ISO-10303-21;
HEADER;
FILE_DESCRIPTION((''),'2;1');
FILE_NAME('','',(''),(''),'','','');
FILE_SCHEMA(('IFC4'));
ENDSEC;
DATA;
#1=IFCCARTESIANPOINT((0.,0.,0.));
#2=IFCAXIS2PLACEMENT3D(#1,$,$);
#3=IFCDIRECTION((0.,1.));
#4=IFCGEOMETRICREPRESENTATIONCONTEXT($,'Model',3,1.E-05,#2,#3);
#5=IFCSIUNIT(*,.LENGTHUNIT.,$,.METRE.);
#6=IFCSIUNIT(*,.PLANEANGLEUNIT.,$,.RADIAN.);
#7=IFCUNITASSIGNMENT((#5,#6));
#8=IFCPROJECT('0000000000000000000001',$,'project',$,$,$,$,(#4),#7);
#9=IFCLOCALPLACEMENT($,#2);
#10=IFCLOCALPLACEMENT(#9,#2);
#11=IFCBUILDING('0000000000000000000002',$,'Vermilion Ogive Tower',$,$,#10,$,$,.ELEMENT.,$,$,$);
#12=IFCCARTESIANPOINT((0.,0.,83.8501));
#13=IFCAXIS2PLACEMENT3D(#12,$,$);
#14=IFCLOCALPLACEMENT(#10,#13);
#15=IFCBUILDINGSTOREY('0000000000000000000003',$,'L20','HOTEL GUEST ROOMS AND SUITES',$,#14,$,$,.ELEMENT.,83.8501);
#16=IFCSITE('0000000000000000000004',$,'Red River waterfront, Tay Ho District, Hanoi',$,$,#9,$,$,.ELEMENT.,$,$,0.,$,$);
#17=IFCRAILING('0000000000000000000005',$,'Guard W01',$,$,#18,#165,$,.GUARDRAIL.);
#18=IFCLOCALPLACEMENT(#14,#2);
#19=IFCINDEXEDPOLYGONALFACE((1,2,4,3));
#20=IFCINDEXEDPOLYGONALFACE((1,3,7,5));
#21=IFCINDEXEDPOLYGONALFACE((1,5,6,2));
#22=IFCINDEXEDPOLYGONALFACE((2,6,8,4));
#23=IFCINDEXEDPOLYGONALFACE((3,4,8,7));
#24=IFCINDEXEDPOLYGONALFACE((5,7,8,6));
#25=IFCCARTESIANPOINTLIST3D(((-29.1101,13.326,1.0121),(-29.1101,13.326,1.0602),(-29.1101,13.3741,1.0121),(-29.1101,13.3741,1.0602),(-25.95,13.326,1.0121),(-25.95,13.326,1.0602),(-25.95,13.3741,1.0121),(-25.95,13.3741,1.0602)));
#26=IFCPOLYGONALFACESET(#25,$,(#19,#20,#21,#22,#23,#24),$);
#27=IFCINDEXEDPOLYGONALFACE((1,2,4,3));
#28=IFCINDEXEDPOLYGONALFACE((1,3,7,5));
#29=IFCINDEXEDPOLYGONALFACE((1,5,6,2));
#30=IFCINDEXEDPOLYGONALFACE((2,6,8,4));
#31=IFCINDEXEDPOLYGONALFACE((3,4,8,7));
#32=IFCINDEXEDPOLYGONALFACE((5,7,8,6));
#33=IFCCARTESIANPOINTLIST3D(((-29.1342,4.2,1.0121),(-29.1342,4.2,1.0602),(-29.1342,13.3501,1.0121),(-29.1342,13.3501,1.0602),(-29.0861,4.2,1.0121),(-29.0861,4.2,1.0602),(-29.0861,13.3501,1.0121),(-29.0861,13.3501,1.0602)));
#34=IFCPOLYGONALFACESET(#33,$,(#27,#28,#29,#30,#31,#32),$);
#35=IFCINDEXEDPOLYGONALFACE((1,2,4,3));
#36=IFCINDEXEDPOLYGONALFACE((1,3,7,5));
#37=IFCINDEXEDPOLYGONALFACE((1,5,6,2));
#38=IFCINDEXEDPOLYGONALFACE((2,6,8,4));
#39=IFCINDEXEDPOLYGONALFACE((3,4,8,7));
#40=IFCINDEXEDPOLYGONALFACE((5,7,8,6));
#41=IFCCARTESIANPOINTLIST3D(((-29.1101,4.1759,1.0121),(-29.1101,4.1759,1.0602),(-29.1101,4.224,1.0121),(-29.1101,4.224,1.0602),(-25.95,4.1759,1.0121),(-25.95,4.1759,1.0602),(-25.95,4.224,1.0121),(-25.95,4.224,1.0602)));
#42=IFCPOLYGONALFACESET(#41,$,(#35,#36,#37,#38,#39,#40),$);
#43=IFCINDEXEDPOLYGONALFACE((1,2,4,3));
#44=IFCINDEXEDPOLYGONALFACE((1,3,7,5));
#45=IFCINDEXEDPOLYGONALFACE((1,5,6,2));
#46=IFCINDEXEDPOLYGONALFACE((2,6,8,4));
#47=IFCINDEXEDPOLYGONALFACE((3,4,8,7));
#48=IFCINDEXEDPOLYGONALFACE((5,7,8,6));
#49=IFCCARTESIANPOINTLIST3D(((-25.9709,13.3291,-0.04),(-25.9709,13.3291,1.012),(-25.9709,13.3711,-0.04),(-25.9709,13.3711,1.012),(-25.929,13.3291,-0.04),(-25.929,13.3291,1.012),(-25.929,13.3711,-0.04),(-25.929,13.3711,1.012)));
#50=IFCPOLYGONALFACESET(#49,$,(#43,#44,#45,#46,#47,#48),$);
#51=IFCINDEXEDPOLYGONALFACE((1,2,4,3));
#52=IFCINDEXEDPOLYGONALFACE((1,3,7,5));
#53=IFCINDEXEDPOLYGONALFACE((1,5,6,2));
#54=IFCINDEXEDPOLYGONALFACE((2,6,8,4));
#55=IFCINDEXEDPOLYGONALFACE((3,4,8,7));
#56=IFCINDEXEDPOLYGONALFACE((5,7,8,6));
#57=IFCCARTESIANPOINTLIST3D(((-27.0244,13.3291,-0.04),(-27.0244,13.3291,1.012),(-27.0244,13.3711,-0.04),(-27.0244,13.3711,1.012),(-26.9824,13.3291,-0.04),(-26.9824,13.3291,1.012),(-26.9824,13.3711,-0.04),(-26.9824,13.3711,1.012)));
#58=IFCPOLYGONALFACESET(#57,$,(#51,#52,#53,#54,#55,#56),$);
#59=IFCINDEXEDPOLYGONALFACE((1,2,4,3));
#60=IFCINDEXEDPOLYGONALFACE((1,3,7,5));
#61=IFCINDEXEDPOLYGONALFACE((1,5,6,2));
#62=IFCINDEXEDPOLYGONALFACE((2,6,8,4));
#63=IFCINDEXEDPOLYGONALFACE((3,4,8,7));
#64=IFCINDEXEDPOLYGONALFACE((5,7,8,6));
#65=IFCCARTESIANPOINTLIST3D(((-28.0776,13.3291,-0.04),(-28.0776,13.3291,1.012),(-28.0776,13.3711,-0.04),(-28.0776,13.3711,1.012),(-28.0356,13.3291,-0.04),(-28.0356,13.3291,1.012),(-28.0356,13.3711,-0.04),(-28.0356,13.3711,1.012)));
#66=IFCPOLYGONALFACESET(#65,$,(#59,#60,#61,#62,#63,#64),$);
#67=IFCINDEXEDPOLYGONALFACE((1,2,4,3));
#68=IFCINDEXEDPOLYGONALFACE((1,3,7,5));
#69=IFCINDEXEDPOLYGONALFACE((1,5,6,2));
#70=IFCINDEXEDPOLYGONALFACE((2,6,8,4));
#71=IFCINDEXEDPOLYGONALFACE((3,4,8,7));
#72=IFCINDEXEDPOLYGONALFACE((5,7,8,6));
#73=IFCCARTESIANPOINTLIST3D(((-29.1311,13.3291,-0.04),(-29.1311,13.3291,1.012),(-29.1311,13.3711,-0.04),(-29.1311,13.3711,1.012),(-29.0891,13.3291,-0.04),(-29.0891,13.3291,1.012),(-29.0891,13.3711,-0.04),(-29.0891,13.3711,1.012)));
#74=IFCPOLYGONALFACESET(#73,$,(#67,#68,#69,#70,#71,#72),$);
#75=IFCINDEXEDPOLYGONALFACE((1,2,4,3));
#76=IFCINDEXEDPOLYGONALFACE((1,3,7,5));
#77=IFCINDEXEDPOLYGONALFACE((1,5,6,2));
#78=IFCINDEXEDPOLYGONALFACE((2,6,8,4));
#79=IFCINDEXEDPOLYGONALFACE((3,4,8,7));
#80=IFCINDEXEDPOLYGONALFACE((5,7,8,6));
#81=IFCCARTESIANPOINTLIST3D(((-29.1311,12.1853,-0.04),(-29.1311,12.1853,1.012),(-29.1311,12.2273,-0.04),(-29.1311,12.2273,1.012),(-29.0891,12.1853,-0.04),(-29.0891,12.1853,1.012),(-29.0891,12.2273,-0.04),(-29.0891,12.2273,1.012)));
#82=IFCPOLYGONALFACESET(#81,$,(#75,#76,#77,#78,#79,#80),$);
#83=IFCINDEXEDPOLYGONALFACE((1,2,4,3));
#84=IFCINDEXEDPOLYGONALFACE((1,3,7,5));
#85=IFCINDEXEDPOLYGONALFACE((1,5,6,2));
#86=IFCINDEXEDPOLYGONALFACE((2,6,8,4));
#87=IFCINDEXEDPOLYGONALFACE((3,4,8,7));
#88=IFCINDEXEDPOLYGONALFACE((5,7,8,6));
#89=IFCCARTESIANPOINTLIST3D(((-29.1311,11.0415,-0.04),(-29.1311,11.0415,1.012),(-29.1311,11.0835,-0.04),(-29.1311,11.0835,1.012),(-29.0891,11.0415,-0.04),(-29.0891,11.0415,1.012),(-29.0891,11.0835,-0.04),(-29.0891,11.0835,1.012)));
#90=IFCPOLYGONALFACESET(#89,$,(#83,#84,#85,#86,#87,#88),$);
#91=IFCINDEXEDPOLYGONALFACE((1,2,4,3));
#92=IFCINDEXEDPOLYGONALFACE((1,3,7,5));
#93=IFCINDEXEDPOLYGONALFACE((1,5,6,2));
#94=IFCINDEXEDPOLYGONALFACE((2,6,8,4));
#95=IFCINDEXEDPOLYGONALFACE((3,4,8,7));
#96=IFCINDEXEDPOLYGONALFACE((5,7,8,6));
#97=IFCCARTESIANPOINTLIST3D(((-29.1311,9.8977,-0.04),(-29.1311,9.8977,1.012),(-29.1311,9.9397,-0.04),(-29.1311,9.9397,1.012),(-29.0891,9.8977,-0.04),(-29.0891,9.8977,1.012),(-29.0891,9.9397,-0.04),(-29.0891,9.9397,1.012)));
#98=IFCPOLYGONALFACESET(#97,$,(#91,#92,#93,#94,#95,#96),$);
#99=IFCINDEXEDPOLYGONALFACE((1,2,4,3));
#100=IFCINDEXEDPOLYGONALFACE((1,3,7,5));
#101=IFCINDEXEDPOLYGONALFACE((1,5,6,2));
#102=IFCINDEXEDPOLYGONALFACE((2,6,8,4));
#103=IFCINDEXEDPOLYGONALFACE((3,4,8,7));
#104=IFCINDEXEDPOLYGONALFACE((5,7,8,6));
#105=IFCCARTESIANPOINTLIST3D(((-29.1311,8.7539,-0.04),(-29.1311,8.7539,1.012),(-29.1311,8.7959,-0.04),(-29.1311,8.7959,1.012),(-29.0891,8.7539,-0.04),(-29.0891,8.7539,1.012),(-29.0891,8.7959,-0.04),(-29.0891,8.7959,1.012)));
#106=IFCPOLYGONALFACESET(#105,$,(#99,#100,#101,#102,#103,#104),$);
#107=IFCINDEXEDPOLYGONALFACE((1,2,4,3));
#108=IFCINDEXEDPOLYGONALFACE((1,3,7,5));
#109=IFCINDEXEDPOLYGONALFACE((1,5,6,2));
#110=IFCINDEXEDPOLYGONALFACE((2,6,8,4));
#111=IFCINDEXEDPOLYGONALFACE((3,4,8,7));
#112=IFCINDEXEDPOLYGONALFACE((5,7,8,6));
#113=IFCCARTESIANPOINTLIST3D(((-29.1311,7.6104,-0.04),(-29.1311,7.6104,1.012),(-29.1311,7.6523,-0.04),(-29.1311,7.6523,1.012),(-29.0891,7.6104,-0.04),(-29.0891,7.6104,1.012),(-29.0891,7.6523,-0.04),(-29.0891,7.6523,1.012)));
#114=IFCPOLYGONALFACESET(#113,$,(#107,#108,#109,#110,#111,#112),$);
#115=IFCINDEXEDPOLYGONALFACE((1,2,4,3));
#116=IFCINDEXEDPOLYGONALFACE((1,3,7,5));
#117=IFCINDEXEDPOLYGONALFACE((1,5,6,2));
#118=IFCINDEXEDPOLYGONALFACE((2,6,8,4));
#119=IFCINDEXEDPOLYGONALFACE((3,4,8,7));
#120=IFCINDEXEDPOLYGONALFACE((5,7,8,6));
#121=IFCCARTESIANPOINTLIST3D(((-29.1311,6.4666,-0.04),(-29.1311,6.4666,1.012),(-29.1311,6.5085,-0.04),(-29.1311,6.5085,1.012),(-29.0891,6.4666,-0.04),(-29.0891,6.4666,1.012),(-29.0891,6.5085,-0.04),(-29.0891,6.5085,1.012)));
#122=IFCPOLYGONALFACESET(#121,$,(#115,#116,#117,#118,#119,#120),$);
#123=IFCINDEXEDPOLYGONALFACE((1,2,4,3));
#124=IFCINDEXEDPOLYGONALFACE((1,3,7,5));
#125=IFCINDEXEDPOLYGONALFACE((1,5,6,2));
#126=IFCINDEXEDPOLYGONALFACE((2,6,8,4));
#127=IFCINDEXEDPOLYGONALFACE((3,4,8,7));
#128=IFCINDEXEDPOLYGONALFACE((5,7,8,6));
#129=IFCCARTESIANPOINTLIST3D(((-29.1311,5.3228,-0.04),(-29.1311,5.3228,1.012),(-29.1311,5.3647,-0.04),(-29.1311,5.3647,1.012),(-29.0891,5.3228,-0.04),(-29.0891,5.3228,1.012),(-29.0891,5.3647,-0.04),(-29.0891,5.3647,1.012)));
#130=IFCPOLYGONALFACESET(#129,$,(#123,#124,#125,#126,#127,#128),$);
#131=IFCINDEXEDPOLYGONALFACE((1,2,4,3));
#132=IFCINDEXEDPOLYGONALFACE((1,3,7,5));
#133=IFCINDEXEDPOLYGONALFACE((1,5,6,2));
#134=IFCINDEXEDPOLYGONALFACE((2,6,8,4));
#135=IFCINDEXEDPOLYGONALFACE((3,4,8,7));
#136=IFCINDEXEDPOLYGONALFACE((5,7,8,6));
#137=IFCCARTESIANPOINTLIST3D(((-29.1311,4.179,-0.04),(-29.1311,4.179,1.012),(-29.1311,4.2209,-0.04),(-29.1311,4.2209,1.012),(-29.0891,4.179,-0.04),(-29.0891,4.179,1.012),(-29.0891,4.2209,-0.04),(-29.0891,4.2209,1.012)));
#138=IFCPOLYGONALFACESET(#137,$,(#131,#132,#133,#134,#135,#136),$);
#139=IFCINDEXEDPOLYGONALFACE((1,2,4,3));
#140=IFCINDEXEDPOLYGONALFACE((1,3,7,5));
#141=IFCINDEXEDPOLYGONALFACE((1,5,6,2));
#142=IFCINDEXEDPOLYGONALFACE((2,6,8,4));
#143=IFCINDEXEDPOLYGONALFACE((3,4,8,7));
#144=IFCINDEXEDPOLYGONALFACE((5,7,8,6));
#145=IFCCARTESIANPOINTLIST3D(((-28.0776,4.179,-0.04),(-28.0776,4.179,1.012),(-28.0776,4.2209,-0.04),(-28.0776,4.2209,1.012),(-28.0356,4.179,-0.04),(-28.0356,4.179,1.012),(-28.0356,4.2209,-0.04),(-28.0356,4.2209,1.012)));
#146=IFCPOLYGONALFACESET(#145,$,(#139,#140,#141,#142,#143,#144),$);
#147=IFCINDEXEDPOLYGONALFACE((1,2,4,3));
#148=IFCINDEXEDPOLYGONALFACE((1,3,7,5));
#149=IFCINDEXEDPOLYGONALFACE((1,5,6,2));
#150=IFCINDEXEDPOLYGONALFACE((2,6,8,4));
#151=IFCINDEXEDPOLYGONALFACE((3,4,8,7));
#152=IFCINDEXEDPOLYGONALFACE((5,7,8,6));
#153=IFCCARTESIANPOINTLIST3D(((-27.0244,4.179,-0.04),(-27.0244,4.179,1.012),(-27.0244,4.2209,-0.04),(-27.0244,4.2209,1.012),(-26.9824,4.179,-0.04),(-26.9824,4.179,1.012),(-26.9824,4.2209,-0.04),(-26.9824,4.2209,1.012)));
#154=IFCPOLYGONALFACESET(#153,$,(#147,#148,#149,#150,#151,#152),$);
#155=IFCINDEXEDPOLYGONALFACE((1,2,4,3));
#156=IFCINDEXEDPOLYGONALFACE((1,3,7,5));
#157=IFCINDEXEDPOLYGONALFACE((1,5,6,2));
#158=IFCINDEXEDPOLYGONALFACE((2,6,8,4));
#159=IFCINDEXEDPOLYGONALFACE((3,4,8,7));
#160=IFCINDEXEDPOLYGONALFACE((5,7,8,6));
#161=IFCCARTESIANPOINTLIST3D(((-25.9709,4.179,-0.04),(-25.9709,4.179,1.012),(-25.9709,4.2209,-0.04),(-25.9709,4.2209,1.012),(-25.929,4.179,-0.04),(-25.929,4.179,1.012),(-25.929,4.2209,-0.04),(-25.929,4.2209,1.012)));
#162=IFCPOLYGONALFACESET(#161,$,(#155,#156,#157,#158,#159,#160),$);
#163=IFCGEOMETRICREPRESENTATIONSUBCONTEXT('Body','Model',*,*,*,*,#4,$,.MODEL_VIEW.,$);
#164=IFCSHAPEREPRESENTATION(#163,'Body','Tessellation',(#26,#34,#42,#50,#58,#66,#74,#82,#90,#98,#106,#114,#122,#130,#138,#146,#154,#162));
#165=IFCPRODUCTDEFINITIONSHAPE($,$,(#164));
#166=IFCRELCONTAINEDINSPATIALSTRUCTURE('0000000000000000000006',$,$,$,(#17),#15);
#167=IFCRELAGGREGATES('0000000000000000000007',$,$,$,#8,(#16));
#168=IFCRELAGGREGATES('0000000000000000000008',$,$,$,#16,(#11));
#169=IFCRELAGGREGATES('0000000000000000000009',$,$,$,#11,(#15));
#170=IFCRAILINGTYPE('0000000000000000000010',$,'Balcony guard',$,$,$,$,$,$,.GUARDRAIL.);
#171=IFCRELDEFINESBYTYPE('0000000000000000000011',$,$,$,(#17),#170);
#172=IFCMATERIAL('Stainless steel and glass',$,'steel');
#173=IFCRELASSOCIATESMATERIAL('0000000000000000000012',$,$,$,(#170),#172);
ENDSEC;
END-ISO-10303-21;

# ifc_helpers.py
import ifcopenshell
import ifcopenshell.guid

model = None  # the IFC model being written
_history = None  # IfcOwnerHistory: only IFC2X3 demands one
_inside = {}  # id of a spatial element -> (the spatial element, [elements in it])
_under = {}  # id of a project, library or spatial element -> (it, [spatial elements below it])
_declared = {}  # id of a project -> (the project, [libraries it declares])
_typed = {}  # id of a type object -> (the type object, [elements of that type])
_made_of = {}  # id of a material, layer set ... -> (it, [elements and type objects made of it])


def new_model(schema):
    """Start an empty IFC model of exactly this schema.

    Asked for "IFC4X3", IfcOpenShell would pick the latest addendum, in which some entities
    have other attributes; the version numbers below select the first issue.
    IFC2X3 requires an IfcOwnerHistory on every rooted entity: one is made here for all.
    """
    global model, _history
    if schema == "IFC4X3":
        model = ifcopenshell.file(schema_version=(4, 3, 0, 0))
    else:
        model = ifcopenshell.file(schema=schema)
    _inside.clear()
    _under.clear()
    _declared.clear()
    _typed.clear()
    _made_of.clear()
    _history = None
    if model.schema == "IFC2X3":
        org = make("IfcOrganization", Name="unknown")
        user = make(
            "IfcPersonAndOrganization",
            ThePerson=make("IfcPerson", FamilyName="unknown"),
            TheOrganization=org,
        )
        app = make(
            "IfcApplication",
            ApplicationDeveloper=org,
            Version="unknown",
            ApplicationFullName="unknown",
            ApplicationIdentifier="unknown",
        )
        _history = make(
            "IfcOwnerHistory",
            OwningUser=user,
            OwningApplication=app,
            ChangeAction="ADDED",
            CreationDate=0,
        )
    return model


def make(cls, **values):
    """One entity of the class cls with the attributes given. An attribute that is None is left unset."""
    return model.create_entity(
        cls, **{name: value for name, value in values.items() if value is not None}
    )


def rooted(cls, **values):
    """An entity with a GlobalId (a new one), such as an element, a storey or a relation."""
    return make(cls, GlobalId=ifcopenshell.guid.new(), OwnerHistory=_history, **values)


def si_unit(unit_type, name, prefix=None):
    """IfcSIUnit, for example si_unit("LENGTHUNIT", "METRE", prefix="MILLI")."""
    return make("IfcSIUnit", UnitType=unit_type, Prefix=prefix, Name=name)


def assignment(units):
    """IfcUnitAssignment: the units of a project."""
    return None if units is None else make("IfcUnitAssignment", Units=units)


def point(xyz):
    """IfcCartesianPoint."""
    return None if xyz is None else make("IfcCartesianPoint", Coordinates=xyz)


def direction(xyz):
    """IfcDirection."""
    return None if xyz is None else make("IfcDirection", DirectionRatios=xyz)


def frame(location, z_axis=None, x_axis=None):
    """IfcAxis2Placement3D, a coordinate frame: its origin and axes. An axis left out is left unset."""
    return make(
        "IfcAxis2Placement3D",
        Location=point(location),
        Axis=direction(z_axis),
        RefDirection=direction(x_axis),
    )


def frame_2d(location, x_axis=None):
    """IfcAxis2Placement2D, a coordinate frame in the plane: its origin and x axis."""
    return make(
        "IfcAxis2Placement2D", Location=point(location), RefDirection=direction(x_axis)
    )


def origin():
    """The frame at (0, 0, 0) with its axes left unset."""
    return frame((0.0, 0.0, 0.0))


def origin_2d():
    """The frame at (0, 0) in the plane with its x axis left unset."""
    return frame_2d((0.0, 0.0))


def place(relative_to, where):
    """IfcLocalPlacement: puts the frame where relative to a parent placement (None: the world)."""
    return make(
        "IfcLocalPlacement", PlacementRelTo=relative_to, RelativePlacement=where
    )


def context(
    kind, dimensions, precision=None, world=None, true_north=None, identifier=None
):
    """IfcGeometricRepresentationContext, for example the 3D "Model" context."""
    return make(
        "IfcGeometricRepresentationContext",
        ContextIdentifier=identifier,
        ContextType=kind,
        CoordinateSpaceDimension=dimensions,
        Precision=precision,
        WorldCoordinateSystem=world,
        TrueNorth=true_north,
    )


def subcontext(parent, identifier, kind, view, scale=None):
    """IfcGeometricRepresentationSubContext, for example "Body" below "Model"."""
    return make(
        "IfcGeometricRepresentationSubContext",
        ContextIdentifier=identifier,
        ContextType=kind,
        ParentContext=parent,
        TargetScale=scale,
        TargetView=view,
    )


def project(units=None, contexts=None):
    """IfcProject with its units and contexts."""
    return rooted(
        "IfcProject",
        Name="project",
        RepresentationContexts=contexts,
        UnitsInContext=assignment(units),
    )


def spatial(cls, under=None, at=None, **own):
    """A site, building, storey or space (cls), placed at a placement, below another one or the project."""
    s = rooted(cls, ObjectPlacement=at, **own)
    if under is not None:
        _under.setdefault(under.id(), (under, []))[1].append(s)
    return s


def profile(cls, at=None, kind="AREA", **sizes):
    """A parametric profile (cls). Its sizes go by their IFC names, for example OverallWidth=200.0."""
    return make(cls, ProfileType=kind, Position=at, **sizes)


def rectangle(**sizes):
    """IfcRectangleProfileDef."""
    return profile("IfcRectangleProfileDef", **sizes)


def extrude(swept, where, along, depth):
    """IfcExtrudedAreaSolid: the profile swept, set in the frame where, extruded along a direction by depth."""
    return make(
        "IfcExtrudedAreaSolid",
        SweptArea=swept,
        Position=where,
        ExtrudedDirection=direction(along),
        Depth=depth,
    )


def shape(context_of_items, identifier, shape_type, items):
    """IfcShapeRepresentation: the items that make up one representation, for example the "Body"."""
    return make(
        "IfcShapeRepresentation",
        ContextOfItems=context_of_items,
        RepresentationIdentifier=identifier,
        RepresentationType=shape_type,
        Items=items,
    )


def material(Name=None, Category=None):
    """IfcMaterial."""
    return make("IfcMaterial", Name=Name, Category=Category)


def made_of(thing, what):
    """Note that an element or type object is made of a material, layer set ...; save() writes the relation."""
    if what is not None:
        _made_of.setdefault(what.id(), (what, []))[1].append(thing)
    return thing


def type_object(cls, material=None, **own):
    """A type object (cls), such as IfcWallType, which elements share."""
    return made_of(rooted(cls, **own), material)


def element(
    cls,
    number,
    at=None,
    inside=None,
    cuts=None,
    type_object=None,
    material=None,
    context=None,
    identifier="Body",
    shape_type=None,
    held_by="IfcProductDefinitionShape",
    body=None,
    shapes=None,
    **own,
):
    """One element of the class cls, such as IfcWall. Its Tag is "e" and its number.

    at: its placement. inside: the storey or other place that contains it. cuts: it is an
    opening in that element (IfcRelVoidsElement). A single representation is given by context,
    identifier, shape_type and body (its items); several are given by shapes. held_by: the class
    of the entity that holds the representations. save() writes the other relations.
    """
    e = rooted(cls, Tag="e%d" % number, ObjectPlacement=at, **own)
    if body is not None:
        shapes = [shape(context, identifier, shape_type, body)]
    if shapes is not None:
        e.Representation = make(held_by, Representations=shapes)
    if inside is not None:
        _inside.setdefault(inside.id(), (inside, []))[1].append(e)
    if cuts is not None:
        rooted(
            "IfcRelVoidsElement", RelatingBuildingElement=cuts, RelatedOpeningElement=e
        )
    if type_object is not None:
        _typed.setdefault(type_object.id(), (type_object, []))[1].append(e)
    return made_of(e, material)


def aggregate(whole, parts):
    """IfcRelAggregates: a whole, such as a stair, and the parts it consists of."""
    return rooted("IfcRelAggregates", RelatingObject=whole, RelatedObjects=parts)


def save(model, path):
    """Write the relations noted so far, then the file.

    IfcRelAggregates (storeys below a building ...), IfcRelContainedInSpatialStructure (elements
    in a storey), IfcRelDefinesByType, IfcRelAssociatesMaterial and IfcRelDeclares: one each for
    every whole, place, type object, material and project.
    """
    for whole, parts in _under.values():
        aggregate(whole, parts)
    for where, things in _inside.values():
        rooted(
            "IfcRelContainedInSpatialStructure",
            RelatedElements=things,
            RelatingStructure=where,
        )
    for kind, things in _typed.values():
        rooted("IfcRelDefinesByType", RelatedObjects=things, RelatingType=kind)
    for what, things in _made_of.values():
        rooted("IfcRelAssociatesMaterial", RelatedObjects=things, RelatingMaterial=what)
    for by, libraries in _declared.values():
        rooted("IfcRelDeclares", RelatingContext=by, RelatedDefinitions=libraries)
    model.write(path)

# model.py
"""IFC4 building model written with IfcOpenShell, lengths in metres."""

from ifc_helpers import new_model, si_unit, direction, frame, origin, origin_2d, place, context, subcontext, project, spatial, rectangle, extrude, material, type_object, element, save


model = new_model("IFC4")

# Units and contexts
model_context = context("Model", 3, precision=1e-05, world=origin(), true_north=direction((0.0, 1.0)))
body_context = subcontext(model_context, "Body", "Model", "MODEL_VIEW")
ifc_project = project(units=[si_unit("LENGTHUNIT", "METRE"), si_unit("PLANEANGLEUNIT", "RADIAN")], contexts=[model_context])

# Site, building, storey
site_placement = place(None, origin())
site = spatial("IfcSite", under=ifc_project, at=site_placement, Name="Red River waterfront, Tay Ho District, Hanoi", CompositionType="ELEMENT", RefElevation=0.0)
building_placement = place(site_placement, origin())
building = spatial("IfcBuilding", under=site, at=building_placement, Name="Vermilion Ogive Tower", CompositionType="ELEMENT")
storey_placement = place(building_placement, frame((0.0, 0.0, 83.8501)))
storey = spatial("IfcBuildingStorey", under=building, at=storey_placement, Name="L20", Description="HOTEL GUEST ROOMS AND SUITES", CompositionType="ELEMENT", Elevation=83.8501)

# Railing
ifc_material_1 = material(Name="Stainless steel and glass", Category="steel")
railing_type = type_object("IfcRailingType", Name="Balcony guard", PredefinedType="GUARDRAIL", material=ifc_material_1)
railing_1_placement = place(storey_placement, frame((-25.95, 13.3501, -0.04)))
element("IfcRailing", 1, at=railing_1_placement, inside=storey, type_object=railing_type, Name="Guard W01", PredefinedType="GUARDRAIL", context=body_context, shape_type="SweptSolid", body=[
    extrude(rectangle(XDim=0.0481, YDim=0.0481, at=origin_2d()), frame((0.0, 0.0, 1.0762), z_axis=(-1.0, 0.0, 0.0), x_axis=(0.0, -1.0, 0.0)), (0.0, 0.0, 1.0), 3.1602),
    extrude(rectangle(XDim=0.0481, YDim=0.0481, at=origin_2d()), frame((-3.1602, 0.0, 1.0762), z_axis=(0.0, -1.0, 0.0), x_axis=(1.0, 0.0, 0.0)), (0.0, 0.0, 1.0), 9.1501),
    extrude(rectangle(XDim=0.0481, YDim=0.0481, at=origin_2d()), frame((-3.1602, -9.1501, 1.0762), z_axis=(1.0, 0.0, 0.0), x_axis=(0.0, 1.0, 0.0)), (0.0, 0.0, 1.0), 3.1602),
    extrude(rectangle(XDim=0.042, YDim=0.042, at=origin_2d()), origin(), (0.0, 0.0, 1.0), 1.052),
    extrude(rectangle(XDim=0.042, YDim=0.042, at=origin_2d()), frame((-1.0535, 0.0, 0.0)), (0.0, 0.0, 1.0), 1.052),
    extrude(rectangle(XDim=0.042, YDim=0.042, at=origin_2d()), frame((-2.1067, 0.0, 0.0)), (0.0, 0.0, 1.0), 1.052),
    extrude(rectangle(XDim=0.042, YDim=0.042, at=origin_2d()), frame((-3.1602, 0.0, 0.0)), (0.0, 0.0, 1.0), 1.052),
    extrude(rectangle(XDim=0.042, YDim=0.042, at=origin_2d()), frame((-3.1602, -1.1438, 0.0)), (0.0, 0.0, 1.0), 1.052),
    extrude(rectangle(XDim=0.042, YDim=0.042, at=origin_2d()), frame((-3.1602, -2.2876, 0.0)), (0.0, 0.0, 1.0), 1.052),
    extrude(rectangle(XDim=0.042, YDim=0.042, at=origin_2d()), frame((-3.1602, -3.4314, 0.0)), (0.0, 0.0, 1.0), 1.052),
    extrude(rectangle(XDim=0.042, YDim=0.042, at=origin_2d()), frame((-3.1602, -4.5752, 0.0)), (0.0, 0.0, 1.0), 1.052),
    extrude(rectangle(XDim=0.042, YDim=0.042, at=origin_2d()), frame((-3.1602, -5.7188, 0.0)), (0.0, 0.0, 1.0), 1.052),
    extrude(rectangle(XDim=0.042, YDim=0.042, at=origin_2d()), frame((-3.1602, -6.8625, 0.0)), (0.0, 0.0, 1.0), 1.052),
    extrude(rectangle(XDim=0.042, YDim=0.042, at=origin_2d()), frame((-3.1602, -8.0063, 0.0)), (0.0, 0.0, 1.0), 1.052),
    extrude(rectangle(XDim=0.042, YDim=0.042, at=origin_2d()), frame((-3.1602, -9.1501, 0.0)), (0.0, 0.0, 1.0), 1.052),
    extrude(rectangle(XDim=0.042, YDim=0.042, at=origin_2d()), frame((-2.1067, -9.1501, 0.0)), (0.0, 0.0, 1.0), 1.052),
    extrude(rectangle(XDim=0.042, YDim=0.042, at=origin_2d()), frame((-1.0535, -9.1501, 0.0)), (0.0, 0.0, 1.0), 1.052),
    extrude(rectangle(XDim=0.042, YDim=0.042, at=origin_2d()), frame((0.0, -9.1501, 0.0)), (0.0, 0.0, 1.0), 1.052),
])

save(model, "model.ifc")
